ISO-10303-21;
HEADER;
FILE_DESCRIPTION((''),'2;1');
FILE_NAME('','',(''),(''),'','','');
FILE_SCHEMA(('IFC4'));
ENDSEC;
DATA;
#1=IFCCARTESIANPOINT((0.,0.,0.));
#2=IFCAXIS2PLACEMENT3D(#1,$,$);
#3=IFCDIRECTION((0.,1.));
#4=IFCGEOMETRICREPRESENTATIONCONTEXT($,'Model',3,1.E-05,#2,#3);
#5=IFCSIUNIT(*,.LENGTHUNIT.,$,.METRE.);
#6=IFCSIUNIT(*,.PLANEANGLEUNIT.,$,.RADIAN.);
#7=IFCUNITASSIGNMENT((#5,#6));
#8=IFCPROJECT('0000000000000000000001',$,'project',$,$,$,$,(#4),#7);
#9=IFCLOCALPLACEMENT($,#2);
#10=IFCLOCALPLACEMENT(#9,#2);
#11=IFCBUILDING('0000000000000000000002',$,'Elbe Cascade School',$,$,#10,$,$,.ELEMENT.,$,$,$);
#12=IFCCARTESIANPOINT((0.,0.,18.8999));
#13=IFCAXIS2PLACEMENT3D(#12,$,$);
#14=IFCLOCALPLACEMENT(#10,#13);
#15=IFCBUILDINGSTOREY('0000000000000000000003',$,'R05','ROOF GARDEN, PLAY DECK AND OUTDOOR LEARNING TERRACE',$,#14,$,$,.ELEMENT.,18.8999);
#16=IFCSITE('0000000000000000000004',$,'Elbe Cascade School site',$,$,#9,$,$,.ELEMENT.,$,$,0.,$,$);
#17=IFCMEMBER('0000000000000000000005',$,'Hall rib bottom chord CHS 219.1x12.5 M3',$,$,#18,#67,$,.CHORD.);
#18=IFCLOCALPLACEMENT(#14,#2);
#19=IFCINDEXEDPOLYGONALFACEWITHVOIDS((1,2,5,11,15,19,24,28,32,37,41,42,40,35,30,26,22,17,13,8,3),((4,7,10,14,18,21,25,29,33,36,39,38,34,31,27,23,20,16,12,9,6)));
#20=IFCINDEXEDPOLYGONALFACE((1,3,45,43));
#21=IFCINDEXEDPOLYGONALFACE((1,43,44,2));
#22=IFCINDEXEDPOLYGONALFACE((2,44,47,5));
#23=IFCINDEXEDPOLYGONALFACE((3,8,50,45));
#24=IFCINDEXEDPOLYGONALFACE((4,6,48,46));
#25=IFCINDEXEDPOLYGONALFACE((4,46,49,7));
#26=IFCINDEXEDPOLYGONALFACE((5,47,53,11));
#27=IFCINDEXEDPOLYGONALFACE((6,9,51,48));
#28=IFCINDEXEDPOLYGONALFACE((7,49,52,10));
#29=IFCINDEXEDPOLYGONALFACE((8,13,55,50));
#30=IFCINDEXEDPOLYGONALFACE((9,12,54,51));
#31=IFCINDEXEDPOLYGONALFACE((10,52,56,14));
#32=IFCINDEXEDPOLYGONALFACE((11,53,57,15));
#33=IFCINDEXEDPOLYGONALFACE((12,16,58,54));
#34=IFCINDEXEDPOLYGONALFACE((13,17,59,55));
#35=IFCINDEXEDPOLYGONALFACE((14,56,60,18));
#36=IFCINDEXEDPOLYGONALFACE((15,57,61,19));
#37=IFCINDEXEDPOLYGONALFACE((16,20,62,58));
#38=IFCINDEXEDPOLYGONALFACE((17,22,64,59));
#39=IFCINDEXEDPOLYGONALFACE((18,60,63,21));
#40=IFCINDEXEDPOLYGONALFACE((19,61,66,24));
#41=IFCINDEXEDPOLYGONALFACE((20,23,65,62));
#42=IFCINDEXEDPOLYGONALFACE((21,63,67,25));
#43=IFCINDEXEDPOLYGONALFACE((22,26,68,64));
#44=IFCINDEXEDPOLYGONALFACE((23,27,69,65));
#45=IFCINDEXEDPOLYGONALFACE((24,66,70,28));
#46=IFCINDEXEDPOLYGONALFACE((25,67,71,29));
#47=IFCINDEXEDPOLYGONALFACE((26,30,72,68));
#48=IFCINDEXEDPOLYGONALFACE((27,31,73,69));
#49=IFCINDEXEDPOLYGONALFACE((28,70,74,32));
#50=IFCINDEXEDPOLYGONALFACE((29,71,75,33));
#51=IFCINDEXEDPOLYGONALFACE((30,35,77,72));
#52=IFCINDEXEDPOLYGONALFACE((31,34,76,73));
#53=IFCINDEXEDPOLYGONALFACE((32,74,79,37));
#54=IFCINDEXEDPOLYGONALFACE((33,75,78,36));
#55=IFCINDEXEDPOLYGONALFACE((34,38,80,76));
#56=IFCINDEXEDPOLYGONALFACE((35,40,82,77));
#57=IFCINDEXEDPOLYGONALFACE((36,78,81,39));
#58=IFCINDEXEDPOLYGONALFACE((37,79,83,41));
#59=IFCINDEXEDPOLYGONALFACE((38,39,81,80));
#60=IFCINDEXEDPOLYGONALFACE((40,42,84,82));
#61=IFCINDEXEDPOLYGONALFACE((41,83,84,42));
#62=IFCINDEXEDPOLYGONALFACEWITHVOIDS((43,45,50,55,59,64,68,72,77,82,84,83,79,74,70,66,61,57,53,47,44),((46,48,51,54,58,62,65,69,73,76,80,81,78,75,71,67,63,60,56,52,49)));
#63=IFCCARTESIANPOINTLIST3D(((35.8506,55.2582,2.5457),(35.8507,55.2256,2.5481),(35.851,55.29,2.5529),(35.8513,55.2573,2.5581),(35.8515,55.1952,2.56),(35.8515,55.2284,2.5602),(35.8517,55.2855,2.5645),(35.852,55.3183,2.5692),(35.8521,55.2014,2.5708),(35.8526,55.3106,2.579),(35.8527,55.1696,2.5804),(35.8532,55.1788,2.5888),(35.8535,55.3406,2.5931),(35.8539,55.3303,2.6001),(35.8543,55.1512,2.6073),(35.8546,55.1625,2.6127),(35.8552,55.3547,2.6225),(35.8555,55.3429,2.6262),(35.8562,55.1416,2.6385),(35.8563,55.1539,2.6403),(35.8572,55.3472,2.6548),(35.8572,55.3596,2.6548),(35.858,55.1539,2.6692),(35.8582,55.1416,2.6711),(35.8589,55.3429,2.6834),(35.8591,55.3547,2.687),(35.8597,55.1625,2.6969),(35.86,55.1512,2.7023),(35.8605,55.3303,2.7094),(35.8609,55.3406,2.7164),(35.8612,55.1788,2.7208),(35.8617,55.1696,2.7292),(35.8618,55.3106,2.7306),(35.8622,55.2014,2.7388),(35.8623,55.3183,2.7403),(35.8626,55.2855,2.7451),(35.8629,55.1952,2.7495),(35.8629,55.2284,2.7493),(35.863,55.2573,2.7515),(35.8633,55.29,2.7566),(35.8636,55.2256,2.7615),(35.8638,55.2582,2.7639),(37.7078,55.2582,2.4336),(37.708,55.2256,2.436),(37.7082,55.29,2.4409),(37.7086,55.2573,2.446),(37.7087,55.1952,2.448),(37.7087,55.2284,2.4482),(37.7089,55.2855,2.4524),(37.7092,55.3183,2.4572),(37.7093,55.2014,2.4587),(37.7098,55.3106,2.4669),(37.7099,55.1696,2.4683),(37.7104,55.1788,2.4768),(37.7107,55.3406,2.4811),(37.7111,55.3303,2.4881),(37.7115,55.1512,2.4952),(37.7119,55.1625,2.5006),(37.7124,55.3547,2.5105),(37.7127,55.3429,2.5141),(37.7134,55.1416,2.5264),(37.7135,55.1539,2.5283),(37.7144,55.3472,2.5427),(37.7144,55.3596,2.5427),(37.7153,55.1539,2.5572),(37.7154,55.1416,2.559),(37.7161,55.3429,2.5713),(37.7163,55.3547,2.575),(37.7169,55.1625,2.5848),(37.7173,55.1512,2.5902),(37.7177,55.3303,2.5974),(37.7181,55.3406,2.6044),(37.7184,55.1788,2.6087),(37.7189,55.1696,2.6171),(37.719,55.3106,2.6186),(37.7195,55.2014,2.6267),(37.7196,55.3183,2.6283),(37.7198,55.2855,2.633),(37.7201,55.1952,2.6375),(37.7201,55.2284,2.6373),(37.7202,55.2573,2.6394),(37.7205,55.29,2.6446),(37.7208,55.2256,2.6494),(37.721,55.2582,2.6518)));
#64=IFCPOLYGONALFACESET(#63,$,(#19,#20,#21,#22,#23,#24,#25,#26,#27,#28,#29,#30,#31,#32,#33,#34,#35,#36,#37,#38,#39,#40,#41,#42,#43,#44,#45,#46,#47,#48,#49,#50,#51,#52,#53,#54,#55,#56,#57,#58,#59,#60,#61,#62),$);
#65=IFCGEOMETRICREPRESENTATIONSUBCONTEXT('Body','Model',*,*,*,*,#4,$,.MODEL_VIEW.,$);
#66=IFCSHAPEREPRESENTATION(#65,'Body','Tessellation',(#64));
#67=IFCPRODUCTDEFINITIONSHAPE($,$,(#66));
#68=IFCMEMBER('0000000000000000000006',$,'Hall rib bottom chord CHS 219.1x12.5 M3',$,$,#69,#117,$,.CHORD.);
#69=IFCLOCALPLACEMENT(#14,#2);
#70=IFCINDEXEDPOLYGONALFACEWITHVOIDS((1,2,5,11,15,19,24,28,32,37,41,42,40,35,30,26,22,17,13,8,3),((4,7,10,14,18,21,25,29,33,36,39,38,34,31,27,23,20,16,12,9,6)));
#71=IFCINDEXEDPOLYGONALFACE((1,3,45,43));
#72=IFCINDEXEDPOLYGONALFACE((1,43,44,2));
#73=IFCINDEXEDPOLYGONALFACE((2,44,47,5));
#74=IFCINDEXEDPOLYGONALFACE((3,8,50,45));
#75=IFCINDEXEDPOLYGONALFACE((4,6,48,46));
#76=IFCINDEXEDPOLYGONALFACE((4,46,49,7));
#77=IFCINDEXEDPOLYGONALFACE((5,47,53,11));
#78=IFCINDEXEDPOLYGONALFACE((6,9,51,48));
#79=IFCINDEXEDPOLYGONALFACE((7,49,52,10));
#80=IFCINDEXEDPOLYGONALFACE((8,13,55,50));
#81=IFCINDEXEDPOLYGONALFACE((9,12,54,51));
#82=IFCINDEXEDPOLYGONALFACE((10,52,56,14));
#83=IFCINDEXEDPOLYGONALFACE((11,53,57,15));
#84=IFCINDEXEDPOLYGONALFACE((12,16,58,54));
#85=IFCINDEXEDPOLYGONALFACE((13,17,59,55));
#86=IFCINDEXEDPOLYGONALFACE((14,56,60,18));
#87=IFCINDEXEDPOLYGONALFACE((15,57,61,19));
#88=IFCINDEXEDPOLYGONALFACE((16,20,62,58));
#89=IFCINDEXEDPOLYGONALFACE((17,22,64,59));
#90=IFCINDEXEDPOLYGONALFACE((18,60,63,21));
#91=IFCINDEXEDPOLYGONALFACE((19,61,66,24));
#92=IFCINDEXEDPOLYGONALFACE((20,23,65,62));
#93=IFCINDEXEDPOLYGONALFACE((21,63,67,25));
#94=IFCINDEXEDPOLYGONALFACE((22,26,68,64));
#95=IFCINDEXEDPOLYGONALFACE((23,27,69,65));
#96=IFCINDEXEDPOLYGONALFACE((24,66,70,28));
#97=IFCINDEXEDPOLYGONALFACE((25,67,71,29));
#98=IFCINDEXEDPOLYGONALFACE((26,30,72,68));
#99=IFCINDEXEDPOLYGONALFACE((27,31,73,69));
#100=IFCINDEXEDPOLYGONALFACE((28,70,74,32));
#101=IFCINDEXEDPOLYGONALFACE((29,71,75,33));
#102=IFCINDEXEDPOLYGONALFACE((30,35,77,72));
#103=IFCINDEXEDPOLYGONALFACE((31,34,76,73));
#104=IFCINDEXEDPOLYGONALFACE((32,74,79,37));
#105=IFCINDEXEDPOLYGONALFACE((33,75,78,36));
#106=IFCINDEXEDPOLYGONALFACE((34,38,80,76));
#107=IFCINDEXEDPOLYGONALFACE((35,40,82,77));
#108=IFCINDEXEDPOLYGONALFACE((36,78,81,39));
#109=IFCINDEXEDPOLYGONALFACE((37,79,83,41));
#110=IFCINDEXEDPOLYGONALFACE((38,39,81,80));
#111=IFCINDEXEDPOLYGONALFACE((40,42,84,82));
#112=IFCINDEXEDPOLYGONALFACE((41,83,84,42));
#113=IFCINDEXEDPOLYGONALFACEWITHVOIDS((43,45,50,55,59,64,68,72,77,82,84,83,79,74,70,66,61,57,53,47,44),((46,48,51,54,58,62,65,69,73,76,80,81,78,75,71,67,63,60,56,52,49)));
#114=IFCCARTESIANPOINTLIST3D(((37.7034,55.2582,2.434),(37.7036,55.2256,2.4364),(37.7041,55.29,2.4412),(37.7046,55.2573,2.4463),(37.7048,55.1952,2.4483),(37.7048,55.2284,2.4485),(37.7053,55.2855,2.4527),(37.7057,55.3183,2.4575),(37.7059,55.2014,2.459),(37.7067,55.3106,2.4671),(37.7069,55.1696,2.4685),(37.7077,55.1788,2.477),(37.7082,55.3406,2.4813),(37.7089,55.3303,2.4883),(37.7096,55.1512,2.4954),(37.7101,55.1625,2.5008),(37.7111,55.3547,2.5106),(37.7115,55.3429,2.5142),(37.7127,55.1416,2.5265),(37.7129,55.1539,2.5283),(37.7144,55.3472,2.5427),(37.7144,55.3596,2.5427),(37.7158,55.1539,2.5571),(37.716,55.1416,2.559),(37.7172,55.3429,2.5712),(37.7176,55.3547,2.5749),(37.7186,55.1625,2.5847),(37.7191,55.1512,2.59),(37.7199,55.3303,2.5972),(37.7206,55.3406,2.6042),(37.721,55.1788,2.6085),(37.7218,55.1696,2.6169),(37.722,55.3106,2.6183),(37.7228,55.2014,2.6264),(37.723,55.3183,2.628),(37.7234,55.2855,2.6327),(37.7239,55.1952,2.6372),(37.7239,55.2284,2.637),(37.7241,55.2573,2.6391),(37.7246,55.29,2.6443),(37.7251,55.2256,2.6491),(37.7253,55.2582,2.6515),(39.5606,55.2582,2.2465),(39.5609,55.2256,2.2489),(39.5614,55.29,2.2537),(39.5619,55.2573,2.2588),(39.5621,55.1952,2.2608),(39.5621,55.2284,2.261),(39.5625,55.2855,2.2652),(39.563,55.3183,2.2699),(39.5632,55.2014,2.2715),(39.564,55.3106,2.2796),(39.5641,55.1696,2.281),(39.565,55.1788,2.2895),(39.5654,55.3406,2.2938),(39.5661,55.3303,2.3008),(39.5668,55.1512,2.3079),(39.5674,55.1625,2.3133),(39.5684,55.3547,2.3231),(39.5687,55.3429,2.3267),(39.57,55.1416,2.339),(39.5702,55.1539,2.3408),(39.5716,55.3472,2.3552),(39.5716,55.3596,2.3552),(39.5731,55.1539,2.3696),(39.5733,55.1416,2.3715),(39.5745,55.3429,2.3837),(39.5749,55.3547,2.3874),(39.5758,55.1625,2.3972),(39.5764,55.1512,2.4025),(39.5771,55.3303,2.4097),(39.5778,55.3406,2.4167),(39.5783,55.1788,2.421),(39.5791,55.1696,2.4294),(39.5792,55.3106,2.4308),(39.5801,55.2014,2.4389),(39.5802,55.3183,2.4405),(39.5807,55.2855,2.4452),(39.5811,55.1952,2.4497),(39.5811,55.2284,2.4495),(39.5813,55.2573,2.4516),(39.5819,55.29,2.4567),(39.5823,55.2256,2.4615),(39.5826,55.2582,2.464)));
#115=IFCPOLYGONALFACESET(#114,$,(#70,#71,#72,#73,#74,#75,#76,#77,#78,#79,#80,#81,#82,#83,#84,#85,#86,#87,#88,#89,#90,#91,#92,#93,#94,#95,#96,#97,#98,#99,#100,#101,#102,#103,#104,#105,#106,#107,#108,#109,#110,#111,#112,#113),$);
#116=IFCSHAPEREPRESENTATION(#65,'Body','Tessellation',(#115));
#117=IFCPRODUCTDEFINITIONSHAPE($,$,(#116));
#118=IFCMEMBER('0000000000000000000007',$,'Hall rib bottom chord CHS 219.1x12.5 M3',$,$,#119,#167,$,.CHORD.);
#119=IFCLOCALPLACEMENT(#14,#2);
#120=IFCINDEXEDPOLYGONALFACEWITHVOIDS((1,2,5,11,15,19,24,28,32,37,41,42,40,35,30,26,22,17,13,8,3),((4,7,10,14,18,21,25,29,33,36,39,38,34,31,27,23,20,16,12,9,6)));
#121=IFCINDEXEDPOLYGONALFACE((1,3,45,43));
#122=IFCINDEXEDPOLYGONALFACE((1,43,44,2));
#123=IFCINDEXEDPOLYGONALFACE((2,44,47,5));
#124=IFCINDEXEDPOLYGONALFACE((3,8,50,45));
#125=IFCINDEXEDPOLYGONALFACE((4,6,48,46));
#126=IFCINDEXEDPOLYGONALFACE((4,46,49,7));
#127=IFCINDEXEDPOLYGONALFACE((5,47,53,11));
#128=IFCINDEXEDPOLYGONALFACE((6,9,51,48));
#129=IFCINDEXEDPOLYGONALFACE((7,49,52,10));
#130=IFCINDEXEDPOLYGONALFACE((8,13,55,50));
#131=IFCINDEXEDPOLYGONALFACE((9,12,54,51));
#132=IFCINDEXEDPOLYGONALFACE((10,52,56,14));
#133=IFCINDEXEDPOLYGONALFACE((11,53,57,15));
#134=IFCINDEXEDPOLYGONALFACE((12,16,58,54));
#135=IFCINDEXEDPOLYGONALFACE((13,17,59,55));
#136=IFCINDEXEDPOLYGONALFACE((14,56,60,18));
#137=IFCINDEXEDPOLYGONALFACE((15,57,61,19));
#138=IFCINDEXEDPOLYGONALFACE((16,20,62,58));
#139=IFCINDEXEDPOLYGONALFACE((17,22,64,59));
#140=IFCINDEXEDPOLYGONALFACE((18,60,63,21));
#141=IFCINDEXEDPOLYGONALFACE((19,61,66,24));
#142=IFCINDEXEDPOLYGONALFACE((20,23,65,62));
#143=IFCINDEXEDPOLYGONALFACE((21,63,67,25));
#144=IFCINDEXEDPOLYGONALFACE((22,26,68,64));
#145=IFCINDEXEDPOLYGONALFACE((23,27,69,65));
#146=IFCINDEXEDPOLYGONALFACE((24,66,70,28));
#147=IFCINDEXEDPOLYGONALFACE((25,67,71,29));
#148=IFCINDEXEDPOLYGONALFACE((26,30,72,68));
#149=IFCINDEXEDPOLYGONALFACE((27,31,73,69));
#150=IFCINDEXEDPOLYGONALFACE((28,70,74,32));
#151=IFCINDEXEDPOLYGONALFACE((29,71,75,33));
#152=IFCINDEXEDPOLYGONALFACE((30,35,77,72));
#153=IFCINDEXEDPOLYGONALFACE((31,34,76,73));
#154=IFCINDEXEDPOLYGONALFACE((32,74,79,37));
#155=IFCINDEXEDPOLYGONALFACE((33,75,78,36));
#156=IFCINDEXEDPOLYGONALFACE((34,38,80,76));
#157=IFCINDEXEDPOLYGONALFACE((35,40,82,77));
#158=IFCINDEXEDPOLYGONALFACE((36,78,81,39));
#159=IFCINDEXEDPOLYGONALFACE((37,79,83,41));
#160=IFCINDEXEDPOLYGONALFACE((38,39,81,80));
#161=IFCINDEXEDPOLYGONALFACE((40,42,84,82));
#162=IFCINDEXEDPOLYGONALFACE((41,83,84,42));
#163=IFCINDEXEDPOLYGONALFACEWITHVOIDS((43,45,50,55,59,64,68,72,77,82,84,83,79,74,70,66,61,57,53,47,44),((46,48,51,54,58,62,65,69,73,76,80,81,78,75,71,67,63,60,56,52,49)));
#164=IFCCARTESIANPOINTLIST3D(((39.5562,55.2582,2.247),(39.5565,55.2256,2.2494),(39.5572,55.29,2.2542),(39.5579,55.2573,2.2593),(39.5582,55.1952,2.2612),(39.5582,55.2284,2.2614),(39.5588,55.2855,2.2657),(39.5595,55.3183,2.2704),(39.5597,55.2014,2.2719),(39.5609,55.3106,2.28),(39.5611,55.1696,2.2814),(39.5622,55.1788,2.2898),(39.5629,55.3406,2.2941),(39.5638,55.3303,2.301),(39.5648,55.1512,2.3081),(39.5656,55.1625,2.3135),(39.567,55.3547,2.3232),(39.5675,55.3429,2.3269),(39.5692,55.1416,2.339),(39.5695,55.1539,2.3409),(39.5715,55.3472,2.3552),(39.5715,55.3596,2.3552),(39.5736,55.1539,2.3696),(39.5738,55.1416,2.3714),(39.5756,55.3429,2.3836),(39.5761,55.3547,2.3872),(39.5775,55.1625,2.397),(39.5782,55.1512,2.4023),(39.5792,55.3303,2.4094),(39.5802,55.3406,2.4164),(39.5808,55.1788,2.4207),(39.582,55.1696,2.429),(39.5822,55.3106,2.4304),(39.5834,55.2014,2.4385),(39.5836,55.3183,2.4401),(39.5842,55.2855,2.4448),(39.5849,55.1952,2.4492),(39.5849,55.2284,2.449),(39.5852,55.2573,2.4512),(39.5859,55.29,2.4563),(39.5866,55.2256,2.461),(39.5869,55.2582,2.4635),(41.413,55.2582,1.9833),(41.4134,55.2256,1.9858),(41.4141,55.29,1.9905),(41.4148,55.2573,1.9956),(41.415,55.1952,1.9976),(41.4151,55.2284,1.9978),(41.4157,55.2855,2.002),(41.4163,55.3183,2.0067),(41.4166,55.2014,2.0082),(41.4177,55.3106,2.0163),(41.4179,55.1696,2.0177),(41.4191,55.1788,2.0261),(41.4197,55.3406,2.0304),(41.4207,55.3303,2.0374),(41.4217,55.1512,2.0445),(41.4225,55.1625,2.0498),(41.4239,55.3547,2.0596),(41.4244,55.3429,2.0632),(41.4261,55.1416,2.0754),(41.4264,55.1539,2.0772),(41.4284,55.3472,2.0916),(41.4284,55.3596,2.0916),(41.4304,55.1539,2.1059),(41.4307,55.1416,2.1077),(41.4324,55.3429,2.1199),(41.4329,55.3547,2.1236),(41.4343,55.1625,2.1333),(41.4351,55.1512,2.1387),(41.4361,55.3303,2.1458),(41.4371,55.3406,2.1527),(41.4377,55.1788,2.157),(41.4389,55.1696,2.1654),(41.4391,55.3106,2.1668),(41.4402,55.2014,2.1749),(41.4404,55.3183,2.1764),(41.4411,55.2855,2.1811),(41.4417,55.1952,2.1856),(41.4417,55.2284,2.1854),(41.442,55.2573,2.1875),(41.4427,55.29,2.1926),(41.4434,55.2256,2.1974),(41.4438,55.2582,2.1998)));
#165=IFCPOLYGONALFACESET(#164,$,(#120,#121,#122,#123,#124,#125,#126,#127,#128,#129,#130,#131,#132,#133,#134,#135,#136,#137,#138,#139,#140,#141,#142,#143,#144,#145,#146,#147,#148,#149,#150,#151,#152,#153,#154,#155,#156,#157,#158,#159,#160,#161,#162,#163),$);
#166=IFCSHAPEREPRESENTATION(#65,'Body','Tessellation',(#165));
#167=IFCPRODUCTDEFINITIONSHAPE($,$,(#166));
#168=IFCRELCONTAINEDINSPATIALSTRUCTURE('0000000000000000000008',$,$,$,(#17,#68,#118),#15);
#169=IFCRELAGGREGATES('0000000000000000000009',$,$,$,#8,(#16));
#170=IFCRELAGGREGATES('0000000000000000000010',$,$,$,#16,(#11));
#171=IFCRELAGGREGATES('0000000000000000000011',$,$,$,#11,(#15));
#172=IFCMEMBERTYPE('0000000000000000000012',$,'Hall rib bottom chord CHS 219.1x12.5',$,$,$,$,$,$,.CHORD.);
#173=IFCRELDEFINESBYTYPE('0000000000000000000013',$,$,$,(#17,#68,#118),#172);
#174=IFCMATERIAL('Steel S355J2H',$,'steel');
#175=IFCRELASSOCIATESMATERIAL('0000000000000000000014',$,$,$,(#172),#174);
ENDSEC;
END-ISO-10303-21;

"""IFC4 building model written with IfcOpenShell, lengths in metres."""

from ifc_helpers import new_model, si_unit, direction, frame, origin, origin_2d, place, context, subcontext, project, spatial, hollow_circle, extrude, material, material_profile, profile_set, type_object, element, save


model = new_model("IFC4")

# Units and contexts
model_context = context("Model", 3, precision=1e-05, world=origin(), true_north=direction((0.0, 1.0)))
body_context = subcontext(model_context, "Body", "Model", "MODEL_VIEW")
ifc_project = project(units=[si_unit("LENGTHUNIT", "METRE"), si_unit("PLANEANGLEUNIT", "RADIAN")], contexts=[model_context])

# Site, building, storey
site_placement = place(None, origin())
site = spatial("IfcSite", under=ifc_project, at=site_placement, Name="Elbe Cascade School site", CompositionType="ELEMENT", RefElevation=0.0)
building_placement = place(site_placement, origin())
building = spatial("IfcBuilding", under=site, at=building_placement, Name="Elbe Cascade School", CompositionType="ELEMENT")
storey_placement = place(building_placement, frame((0.0, 0.0, 18.8999)))
storey = spatial("IfcBuildingStorey", under=building, at=storey_placement, Name="R05", Description="ROOF GARDEN, PLAY DECK AND OUTDOOR LEARNING TERRACE", CompositionType="ELEMENT", Elevation=18.8999)

# Members
ifc_material_1 = material(Name="Steel S355J2H", Category="steel")
ifc_material_profile_1 = material_profile(ifc_material_1, hollow_circle(Radius=0.1096, WallThickness=0.0125, at=origin_2d()), Name="CHS 219.1x12.5")
ifc_profile_set_1 = profile_set([ifc_material_profile_1], Name="Steel S355J2H")
member_type_1 = type_object("IfcMemberType", Name="Hall rib bottom chord CHS 219.1x12.5", PredefinedType="CHORD", material=ifc_profile_set_1)
member_1_placement = place(storey_placement, frame((35.8572, 55.25, 2.6548), z_axis=(0.998185, 0.0, -0.06023), x_axis=(0.0, 1.0, 0.0)))
element("IfcMember", 1, at=member_1_placement, inside=storey, type_object=member_type_1, Name="Hall rib bottom chord CHS 219.1x12.5 M3", PredefinedType="CHORD", context=body_context, shape_type="SweptSolid", body=[
    extrude(hollow_circle(Radius=0.1096, WallThickness=0.0125, at=origin_2d()), origin(), (0.0, 0.0, 1.0), 1.8606),
])
member_2_placement = place(storey_placement, frame((37.7144, 55.25, 2.5427), z_axis=(0.994942, 0.0, -0.100449), x_axis=(0.0, 1.0, 0.0)))
element("IfcMember", 2, at=member_2_placement, inside=storey, type_object=member_type_1, Name="Hall rib bottom chord CHS 219.1x12.5 M3", PredefinedType="CHORD", context=body_context, shape_type="SweptSolid", body=[
    extrude(hollow_circle(Radius=0.1096, WallThickness=0.0125, at=origin_2d()), origin(), (0.0, 0.0, 1.0), 1.8667),
])
member_3_placement = place(storey_placement, frame((39.5715, 55.25, 2.3552), z_axis=(0.990069, 0.0, -0.140583), x_axis=(0.0, 1.0, 0.0)))
element("IfcMember", 3, at=member_3_placement, inside=storey, type_object=member_type_1, Name="Hall rib bottom chord CHS 219.1x12.5 M3", PredefinedType="CHORD", context=body_context, shape_type="SweptSolid", body=[
    extrude(hollow_circle(Radius=0.1096, WallThickness=0.0125, at=origin_2d()), origin(), (0.0, 0.0, 1.0), 1.8755),
])

save(model, "model.ifc")
